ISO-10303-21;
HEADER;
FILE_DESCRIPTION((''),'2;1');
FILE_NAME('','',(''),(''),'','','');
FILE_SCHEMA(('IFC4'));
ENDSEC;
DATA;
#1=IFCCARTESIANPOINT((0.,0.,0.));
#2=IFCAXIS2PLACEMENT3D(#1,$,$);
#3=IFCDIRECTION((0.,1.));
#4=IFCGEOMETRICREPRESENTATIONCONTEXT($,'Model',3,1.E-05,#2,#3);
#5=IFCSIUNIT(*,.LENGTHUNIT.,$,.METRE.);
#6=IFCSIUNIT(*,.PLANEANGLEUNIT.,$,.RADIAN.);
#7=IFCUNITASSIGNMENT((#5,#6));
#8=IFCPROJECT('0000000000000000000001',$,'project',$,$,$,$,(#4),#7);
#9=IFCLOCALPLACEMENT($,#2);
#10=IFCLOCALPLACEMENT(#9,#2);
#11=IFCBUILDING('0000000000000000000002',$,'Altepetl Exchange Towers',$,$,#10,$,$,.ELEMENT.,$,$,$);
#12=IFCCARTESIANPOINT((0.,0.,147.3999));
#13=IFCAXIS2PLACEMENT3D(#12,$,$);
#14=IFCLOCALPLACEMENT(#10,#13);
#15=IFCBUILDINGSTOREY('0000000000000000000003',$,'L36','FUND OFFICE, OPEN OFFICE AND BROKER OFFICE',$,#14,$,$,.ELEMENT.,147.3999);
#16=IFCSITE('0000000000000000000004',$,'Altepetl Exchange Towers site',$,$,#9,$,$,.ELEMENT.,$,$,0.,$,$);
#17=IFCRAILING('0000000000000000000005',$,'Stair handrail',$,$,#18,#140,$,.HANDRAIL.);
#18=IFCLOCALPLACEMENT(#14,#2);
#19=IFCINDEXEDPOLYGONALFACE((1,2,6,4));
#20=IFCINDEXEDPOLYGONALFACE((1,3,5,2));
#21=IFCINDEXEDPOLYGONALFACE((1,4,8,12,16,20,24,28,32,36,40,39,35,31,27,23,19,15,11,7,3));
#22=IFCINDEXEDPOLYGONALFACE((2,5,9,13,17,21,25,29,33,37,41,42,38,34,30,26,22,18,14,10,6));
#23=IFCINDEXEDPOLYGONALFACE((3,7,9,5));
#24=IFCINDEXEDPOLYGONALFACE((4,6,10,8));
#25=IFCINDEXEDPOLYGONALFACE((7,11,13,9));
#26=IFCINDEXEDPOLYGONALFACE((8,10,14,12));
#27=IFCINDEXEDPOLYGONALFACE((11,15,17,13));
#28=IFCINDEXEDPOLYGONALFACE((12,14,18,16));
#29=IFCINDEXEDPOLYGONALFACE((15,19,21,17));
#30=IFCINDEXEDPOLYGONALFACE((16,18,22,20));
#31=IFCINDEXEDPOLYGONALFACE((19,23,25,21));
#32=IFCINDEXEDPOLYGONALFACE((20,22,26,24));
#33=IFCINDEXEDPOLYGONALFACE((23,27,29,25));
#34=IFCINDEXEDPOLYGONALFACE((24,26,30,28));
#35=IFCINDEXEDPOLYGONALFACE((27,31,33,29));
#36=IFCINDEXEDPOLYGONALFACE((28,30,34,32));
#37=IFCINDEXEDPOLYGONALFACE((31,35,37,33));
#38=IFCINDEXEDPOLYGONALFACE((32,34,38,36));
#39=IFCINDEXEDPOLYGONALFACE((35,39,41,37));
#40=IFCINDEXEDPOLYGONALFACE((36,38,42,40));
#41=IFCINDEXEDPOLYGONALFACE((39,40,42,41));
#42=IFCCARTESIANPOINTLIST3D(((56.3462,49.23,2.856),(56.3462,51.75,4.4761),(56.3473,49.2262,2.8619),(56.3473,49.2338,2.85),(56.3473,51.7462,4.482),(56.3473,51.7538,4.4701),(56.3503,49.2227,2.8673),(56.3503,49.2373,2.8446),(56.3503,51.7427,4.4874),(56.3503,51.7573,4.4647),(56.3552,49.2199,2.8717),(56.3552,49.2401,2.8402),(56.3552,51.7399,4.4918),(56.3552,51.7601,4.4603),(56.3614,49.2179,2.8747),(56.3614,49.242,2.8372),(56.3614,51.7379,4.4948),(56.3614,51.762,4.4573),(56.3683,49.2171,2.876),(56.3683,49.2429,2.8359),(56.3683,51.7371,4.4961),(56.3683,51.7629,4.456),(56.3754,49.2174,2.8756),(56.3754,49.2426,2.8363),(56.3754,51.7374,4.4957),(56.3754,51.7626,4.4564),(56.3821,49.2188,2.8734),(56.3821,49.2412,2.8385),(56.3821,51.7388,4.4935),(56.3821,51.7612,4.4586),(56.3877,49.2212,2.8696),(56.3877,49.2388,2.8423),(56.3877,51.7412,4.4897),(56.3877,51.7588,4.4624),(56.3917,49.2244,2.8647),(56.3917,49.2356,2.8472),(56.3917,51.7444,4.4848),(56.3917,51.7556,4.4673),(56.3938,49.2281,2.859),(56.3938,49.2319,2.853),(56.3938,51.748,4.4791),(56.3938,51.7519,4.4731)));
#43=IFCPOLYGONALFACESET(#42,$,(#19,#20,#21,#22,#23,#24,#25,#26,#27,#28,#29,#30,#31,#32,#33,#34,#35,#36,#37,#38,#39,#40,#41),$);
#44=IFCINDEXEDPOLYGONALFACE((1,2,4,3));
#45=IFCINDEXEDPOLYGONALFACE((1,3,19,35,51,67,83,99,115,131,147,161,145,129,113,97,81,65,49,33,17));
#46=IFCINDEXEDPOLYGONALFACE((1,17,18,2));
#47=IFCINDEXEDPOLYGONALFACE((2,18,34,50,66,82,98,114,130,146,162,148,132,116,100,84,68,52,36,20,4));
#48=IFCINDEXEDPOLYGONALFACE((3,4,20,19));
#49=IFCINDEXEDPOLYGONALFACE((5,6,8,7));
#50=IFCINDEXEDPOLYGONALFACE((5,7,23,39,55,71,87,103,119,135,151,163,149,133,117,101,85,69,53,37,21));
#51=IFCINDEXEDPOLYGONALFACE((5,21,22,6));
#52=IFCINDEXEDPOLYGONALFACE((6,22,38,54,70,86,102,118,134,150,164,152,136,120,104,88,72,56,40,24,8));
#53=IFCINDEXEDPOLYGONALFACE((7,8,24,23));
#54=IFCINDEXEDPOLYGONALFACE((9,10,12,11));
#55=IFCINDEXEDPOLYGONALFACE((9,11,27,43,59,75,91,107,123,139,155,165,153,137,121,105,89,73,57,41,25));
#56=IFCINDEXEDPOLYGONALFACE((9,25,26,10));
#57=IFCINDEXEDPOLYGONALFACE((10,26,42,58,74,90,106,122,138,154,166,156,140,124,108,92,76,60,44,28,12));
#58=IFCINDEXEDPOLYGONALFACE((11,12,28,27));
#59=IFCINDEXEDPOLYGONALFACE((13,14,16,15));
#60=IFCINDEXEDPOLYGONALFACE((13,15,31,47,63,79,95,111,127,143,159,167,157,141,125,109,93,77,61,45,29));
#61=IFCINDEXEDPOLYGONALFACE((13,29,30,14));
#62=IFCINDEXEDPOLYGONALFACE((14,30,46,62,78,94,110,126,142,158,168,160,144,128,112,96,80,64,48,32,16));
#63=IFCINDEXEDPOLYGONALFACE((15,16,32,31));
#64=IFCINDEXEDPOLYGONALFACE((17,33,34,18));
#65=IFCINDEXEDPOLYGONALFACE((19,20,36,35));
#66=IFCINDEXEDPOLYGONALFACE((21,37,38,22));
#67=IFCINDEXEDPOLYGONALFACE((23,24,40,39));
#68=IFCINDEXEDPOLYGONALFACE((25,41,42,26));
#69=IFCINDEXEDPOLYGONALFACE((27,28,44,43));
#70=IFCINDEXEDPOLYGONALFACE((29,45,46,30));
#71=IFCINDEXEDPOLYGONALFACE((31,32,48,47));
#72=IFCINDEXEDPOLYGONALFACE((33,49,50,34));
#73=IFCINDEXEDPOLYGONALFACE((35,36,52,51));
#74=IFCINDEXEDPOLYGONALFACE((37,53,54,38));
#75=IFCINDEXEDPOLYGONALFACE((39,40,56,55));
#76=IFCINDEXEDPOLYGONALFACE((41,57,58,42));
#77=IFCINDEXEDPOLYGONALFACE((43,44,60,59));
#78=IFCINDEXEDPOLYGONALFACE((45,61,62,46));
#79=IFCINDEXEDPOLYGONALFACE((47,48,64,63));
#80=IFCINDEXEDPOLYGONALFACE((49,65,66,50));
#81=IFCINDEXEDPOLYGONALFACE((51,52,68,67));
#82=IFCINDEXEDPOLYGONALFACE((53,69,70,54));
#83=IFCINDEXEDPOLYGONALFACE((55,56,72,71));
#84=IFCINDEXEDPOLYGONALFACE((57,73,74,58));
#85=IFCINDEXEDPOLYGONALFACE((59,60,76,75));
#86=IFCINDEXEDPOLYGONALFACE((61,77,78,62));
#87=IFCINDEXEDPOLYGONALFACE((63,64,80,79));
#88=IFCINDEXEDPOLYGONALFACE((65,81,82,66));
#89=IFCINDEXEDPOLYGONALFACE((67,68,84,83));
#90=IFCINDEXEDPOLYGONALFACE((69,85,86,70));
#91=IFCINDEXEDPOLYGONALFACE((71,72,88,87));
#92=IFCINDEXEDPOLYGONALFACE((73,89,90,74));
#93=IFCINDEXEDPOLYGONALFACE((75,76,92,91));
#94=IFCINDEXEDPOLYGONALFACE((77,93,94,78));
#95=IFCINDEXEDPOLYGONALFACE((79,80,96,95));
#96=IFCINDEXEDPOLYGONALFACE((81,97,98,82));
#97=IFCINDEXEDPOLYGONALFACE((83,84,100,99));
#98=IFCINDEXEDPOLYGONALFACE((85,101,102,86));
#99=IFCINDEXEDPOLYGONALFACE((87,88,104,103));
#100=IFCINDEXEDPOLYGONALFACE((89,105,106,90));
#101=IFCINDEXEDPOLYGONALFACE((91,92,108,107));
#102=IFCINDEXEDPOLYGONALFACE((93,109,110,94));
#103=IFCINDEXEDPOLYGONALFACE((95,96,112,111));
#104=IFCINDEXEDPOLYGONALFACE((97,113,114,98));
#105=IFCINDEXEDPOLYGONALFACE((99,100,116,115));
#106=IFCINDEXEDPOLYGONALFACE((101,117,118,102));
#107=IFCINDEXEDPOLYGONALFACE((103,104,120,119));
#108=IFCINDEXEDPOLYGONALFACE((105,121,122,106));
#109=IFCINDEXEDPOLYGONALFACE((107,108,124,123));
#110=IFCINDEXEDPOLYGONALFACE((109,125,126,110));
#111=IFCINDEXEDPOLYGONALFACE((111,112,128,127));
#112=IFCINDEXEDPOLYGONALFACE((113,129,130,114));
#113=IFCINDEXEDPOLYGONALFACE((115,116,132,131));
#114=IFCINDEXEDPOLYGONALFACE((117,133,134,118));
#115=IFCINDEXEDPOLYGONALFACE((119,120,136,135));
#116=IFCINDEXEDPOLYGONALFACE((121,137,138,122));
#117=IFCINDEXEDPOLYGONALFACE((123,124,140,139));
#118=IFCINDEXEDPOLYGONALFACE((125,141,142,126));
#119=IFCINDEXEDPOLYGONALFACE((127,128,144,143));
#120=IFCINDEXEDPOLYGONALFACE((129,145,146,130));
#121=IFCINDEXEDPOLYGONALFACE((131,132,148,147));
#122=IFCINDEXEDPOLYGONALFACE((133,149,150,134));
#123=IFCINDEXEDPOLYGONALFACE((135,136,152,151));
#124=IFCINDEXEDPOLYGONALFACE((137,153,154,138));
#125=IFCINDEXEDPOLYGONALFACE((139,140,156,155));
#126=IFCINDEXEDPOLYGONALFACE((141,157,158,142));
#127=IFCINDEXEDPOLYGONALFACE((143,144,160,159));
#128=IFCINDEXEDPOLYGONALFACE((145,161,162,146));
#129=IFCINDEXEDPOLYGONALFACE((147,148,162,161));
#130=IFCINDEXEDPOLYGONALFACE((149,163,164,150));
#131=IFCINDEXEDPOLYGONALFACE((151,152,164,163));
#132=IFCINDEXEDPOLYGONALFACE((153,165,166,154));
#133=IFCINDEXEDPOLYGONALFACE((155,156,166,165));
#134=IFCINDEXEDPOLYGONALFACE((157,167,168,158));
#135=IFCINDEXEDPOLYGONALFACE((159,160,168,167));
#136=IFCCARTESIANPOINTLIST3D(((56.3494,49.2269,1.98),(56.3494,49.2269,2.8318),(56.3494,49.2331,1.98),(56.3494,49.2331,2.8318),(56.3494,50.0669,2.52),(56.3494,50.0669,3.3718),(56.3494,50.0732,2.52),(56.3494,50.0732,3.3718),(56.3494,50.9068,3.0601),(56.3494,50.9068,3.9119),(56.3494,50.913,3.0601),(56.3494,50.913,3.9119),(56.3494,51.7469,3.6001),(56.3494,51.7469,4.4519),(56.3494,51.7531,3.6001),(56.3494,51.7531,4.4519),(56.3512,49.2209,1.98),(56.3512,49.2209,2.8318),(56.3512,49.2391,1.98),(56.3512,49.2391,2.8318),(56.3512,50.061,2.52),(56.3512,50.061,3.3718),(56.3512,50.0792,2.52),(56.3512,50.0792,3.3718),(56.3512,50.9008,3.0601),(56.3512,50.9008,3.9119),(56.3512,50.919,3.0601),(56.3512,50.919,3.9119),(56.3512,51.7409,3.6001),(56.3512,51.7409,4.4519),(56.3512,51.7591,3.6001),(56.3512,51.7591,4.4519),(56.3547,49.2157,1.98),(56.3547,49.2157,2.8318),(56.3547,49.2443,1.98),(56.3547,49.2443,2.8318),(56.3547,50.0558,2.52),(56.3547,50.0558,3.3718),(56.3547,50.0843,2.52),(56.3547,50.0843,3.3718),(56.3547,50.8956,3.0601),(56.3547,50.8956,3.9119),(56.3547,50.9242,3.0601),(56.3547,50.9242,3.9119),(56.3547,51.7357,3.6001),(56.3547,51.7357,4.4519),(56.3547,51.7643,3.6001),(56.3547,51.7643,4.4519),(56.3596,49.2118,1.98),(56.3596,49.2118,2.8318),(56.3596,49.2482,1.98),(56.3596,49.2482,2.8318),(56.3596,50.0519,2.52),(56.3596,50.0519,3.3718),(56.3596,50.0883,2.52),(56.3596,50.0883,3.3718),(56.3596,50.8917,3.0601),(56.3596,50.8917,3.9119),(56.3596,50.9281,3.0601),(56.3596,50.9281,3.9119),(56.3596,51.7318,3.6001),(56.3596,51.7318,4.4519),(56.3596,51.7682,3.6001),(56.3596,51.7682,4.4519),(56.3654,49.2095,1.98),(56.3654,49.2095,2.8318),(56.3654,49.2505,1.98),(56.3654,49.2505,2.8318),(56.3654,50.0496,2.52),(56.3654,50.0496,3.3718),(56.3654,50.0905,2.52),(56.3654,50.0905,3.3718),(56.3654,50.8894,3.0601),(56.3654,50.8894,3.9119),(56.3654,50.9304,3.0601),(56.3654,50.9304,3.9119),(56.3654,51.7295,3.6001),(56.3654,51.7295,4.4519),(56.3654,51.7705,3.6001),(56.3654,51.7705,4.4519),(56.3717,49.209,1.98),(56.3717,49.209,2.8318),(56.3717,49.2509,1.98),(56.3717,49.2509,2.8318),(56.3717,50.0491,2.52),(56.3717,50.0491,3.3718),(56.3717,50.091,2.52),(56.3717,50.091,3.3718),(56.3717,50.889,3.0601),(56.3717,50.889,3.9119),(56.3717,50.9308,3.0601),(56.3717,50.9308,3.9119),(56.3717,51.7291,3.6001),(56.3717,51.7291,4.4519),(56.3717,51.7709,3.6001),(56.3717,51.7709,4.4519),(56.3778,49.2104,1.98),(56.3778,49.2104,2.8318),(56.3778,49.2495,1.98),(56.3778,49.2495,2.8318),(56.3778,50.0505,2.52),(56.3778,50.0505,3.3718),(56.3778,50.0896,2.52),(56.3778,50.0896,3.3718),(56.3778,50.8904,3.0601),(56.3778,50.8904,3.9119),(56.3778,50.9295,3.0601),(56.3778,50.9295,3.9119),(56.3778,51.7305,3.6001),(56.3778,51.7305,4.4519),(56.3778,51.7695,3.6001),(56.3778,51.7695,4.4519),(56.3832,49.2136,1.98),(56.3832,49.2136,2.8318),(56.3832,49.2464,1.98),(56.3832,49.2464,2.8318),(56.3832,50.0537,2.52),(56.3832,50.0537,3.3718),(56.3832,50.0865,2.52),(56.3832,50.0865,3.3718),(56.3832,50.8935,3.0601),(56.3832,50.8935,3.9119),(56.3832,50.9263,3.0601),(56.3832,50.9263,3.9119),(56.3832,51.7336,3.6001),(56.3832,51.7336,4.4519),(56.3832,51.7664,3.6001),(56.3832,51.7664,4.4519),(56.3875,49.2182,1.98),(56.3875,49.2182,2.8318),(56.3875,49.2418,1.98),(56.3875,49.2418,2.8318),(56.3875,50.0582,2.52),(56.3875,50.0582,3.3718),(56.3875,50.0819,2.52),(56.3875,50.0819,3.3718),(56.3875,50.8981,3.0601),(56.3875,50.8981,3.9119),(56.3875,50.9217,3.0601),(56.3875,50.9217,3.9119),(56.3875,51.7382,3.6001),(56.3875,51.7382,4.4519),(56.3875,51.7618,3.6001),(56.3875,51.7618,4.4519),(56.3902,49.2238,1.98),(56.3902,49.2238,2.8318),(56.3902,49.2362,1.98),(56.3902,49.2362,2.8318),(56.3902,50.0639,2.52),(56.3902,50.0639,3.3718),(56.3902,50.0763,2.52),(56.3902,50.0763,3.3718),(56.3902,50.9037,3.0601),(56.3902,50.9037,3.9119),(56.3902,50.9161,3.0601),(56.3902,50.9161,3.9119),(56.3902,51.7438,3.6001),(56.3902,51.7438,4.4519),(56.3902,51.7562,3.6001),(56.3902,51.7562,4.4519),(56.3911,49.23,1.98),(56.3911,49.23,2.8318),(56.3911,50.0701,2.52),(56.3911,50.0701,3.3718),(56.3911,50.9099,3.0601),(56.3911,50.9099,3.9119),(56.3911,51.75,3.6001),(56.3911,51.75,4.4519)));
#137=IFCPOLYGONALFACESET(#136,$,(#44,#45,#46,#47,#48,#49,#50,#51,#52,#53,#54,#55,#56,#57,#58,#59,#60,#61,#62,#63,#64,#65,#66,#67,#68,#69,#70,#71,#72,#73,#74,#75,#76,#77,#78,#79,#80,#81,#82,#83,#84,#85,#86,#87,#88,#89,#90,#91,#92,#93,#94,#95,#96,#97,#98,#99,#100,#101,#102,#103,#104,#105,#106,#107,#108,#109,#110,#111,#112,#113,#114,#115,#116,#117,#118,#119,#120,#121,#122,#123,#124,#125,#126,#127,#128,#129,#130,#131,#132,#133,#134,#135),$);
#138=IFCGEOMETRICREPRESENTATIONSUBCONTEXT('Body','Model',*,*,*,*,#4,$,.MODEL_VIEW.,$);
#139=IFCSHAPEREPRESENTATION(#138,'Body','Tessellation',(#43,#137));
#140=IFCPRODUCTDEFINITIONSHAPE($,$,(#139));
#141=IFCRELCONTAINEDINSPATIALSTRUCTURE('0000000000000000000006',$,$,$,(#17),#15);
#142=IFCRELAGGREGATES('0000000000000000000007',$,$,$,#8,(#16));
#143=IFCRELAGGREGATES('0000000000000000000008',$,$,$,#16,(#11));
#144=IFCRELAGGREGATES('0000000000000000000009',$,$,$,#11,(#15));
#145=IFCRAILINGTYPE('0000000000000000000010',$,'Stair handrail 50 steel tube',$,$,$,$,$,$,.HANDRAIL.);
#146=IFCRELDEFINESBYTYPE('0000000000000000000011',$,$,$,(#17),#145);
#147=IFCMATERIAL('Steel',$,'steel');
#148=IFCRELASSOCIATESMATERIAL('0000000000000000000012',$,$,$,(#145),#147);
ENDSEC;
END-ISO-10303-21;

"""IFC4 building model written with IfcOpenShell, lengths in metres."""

from ifc_helpers import new_model, si_unit, direction, frame, origin, origin_2d, place, context, subcontext, project, spatial, circle, extrude, source, transform, mapped, material, type_object, element, save


model = new_model("IFC4")

# Units and contexts
model_context = context("Model", 3, precision=1e-05, world=origin(), true_north=direction((0.0, 1.0)))
body_context = subcontext(model_context, "Body", "Model", "MODEL_VIEW")
ifc_project = project(units=[si_unit("LENGTHUNIT", "METRE"), si_unit("PLANEANGLEUNIT", "RADIAN")], contexts=[model_context])

# Site, building, storey
site_placement = place(None, origin())
site = spatial("IfcSite", under=ifc_project, at=site_placement, Name="Altepetl Exchange Towers site", CompositionType="ELEMENT", RefElevation=0.0)
building_placement = place(site_placement, origin())
building = spatial("IfcBuilding", under=site, at=building_placement, Name="Altepetl Exchange Towers", CompositionType="ELEMENT")
storey_placement = place(building_placement, frame((0.0, 0.0, 147.3999)))
storey = spatial("IfcBuildingStorey", under=building, at=storey_placement, Name="L36", Description="FUND OFFICE, OPEN OFFICE AND BROKER OFFICE", CompositionType="ELEMENT", Elevation=147.3999)

# Railing
ifc_material_1 = material(Name="Steel", Category="steel")
railing_type = type_object("IfcRailingType", Name="Stair handrail 50 steel tube", PredefinedType="HANDRAIL", material=ifc_material_1)
shared_shape = source(origin(), body_context, "Body", "SweptSolid", [
    extrude(circle(Radius=0.021, at=origin_2d()), origin(), (0.0, 0.0, 1.0), 0.8518),
])
railing_1_placement = place(storey_placement, frame((56.3701, 49.23, 1.98)))
element("IfcRailing", 1, at=railing_1_placement, inside=storey, type_object=railing_type, Name="Stair handrail", PredefinedType="HANDRAIL", context=body_context, shape_type="SweptSolid", body=[
    extrude(circle(Radius=0.0239, at=origin_2d()), frame((0.0, 0.0, 0.876), z_axis=(0.0, 0.841163, 0.540782), x_axis=(-1.0, 0.0, 0.0)), (0.0, 0.0, 1.0), 2.9958),
    mapped(shared_shape, transform((0.0, 0.0, 0.0))),
    mapped(shared_shape, transform((0.0, 0.8401, 0.54))),
    mapped(shared_shape, transform((0.0, 1.6799, 1.0801))),
    mapped(shared_shape, transform((0.0, 2.52, 1.6201))),
])

save(model, "model.ifc")
